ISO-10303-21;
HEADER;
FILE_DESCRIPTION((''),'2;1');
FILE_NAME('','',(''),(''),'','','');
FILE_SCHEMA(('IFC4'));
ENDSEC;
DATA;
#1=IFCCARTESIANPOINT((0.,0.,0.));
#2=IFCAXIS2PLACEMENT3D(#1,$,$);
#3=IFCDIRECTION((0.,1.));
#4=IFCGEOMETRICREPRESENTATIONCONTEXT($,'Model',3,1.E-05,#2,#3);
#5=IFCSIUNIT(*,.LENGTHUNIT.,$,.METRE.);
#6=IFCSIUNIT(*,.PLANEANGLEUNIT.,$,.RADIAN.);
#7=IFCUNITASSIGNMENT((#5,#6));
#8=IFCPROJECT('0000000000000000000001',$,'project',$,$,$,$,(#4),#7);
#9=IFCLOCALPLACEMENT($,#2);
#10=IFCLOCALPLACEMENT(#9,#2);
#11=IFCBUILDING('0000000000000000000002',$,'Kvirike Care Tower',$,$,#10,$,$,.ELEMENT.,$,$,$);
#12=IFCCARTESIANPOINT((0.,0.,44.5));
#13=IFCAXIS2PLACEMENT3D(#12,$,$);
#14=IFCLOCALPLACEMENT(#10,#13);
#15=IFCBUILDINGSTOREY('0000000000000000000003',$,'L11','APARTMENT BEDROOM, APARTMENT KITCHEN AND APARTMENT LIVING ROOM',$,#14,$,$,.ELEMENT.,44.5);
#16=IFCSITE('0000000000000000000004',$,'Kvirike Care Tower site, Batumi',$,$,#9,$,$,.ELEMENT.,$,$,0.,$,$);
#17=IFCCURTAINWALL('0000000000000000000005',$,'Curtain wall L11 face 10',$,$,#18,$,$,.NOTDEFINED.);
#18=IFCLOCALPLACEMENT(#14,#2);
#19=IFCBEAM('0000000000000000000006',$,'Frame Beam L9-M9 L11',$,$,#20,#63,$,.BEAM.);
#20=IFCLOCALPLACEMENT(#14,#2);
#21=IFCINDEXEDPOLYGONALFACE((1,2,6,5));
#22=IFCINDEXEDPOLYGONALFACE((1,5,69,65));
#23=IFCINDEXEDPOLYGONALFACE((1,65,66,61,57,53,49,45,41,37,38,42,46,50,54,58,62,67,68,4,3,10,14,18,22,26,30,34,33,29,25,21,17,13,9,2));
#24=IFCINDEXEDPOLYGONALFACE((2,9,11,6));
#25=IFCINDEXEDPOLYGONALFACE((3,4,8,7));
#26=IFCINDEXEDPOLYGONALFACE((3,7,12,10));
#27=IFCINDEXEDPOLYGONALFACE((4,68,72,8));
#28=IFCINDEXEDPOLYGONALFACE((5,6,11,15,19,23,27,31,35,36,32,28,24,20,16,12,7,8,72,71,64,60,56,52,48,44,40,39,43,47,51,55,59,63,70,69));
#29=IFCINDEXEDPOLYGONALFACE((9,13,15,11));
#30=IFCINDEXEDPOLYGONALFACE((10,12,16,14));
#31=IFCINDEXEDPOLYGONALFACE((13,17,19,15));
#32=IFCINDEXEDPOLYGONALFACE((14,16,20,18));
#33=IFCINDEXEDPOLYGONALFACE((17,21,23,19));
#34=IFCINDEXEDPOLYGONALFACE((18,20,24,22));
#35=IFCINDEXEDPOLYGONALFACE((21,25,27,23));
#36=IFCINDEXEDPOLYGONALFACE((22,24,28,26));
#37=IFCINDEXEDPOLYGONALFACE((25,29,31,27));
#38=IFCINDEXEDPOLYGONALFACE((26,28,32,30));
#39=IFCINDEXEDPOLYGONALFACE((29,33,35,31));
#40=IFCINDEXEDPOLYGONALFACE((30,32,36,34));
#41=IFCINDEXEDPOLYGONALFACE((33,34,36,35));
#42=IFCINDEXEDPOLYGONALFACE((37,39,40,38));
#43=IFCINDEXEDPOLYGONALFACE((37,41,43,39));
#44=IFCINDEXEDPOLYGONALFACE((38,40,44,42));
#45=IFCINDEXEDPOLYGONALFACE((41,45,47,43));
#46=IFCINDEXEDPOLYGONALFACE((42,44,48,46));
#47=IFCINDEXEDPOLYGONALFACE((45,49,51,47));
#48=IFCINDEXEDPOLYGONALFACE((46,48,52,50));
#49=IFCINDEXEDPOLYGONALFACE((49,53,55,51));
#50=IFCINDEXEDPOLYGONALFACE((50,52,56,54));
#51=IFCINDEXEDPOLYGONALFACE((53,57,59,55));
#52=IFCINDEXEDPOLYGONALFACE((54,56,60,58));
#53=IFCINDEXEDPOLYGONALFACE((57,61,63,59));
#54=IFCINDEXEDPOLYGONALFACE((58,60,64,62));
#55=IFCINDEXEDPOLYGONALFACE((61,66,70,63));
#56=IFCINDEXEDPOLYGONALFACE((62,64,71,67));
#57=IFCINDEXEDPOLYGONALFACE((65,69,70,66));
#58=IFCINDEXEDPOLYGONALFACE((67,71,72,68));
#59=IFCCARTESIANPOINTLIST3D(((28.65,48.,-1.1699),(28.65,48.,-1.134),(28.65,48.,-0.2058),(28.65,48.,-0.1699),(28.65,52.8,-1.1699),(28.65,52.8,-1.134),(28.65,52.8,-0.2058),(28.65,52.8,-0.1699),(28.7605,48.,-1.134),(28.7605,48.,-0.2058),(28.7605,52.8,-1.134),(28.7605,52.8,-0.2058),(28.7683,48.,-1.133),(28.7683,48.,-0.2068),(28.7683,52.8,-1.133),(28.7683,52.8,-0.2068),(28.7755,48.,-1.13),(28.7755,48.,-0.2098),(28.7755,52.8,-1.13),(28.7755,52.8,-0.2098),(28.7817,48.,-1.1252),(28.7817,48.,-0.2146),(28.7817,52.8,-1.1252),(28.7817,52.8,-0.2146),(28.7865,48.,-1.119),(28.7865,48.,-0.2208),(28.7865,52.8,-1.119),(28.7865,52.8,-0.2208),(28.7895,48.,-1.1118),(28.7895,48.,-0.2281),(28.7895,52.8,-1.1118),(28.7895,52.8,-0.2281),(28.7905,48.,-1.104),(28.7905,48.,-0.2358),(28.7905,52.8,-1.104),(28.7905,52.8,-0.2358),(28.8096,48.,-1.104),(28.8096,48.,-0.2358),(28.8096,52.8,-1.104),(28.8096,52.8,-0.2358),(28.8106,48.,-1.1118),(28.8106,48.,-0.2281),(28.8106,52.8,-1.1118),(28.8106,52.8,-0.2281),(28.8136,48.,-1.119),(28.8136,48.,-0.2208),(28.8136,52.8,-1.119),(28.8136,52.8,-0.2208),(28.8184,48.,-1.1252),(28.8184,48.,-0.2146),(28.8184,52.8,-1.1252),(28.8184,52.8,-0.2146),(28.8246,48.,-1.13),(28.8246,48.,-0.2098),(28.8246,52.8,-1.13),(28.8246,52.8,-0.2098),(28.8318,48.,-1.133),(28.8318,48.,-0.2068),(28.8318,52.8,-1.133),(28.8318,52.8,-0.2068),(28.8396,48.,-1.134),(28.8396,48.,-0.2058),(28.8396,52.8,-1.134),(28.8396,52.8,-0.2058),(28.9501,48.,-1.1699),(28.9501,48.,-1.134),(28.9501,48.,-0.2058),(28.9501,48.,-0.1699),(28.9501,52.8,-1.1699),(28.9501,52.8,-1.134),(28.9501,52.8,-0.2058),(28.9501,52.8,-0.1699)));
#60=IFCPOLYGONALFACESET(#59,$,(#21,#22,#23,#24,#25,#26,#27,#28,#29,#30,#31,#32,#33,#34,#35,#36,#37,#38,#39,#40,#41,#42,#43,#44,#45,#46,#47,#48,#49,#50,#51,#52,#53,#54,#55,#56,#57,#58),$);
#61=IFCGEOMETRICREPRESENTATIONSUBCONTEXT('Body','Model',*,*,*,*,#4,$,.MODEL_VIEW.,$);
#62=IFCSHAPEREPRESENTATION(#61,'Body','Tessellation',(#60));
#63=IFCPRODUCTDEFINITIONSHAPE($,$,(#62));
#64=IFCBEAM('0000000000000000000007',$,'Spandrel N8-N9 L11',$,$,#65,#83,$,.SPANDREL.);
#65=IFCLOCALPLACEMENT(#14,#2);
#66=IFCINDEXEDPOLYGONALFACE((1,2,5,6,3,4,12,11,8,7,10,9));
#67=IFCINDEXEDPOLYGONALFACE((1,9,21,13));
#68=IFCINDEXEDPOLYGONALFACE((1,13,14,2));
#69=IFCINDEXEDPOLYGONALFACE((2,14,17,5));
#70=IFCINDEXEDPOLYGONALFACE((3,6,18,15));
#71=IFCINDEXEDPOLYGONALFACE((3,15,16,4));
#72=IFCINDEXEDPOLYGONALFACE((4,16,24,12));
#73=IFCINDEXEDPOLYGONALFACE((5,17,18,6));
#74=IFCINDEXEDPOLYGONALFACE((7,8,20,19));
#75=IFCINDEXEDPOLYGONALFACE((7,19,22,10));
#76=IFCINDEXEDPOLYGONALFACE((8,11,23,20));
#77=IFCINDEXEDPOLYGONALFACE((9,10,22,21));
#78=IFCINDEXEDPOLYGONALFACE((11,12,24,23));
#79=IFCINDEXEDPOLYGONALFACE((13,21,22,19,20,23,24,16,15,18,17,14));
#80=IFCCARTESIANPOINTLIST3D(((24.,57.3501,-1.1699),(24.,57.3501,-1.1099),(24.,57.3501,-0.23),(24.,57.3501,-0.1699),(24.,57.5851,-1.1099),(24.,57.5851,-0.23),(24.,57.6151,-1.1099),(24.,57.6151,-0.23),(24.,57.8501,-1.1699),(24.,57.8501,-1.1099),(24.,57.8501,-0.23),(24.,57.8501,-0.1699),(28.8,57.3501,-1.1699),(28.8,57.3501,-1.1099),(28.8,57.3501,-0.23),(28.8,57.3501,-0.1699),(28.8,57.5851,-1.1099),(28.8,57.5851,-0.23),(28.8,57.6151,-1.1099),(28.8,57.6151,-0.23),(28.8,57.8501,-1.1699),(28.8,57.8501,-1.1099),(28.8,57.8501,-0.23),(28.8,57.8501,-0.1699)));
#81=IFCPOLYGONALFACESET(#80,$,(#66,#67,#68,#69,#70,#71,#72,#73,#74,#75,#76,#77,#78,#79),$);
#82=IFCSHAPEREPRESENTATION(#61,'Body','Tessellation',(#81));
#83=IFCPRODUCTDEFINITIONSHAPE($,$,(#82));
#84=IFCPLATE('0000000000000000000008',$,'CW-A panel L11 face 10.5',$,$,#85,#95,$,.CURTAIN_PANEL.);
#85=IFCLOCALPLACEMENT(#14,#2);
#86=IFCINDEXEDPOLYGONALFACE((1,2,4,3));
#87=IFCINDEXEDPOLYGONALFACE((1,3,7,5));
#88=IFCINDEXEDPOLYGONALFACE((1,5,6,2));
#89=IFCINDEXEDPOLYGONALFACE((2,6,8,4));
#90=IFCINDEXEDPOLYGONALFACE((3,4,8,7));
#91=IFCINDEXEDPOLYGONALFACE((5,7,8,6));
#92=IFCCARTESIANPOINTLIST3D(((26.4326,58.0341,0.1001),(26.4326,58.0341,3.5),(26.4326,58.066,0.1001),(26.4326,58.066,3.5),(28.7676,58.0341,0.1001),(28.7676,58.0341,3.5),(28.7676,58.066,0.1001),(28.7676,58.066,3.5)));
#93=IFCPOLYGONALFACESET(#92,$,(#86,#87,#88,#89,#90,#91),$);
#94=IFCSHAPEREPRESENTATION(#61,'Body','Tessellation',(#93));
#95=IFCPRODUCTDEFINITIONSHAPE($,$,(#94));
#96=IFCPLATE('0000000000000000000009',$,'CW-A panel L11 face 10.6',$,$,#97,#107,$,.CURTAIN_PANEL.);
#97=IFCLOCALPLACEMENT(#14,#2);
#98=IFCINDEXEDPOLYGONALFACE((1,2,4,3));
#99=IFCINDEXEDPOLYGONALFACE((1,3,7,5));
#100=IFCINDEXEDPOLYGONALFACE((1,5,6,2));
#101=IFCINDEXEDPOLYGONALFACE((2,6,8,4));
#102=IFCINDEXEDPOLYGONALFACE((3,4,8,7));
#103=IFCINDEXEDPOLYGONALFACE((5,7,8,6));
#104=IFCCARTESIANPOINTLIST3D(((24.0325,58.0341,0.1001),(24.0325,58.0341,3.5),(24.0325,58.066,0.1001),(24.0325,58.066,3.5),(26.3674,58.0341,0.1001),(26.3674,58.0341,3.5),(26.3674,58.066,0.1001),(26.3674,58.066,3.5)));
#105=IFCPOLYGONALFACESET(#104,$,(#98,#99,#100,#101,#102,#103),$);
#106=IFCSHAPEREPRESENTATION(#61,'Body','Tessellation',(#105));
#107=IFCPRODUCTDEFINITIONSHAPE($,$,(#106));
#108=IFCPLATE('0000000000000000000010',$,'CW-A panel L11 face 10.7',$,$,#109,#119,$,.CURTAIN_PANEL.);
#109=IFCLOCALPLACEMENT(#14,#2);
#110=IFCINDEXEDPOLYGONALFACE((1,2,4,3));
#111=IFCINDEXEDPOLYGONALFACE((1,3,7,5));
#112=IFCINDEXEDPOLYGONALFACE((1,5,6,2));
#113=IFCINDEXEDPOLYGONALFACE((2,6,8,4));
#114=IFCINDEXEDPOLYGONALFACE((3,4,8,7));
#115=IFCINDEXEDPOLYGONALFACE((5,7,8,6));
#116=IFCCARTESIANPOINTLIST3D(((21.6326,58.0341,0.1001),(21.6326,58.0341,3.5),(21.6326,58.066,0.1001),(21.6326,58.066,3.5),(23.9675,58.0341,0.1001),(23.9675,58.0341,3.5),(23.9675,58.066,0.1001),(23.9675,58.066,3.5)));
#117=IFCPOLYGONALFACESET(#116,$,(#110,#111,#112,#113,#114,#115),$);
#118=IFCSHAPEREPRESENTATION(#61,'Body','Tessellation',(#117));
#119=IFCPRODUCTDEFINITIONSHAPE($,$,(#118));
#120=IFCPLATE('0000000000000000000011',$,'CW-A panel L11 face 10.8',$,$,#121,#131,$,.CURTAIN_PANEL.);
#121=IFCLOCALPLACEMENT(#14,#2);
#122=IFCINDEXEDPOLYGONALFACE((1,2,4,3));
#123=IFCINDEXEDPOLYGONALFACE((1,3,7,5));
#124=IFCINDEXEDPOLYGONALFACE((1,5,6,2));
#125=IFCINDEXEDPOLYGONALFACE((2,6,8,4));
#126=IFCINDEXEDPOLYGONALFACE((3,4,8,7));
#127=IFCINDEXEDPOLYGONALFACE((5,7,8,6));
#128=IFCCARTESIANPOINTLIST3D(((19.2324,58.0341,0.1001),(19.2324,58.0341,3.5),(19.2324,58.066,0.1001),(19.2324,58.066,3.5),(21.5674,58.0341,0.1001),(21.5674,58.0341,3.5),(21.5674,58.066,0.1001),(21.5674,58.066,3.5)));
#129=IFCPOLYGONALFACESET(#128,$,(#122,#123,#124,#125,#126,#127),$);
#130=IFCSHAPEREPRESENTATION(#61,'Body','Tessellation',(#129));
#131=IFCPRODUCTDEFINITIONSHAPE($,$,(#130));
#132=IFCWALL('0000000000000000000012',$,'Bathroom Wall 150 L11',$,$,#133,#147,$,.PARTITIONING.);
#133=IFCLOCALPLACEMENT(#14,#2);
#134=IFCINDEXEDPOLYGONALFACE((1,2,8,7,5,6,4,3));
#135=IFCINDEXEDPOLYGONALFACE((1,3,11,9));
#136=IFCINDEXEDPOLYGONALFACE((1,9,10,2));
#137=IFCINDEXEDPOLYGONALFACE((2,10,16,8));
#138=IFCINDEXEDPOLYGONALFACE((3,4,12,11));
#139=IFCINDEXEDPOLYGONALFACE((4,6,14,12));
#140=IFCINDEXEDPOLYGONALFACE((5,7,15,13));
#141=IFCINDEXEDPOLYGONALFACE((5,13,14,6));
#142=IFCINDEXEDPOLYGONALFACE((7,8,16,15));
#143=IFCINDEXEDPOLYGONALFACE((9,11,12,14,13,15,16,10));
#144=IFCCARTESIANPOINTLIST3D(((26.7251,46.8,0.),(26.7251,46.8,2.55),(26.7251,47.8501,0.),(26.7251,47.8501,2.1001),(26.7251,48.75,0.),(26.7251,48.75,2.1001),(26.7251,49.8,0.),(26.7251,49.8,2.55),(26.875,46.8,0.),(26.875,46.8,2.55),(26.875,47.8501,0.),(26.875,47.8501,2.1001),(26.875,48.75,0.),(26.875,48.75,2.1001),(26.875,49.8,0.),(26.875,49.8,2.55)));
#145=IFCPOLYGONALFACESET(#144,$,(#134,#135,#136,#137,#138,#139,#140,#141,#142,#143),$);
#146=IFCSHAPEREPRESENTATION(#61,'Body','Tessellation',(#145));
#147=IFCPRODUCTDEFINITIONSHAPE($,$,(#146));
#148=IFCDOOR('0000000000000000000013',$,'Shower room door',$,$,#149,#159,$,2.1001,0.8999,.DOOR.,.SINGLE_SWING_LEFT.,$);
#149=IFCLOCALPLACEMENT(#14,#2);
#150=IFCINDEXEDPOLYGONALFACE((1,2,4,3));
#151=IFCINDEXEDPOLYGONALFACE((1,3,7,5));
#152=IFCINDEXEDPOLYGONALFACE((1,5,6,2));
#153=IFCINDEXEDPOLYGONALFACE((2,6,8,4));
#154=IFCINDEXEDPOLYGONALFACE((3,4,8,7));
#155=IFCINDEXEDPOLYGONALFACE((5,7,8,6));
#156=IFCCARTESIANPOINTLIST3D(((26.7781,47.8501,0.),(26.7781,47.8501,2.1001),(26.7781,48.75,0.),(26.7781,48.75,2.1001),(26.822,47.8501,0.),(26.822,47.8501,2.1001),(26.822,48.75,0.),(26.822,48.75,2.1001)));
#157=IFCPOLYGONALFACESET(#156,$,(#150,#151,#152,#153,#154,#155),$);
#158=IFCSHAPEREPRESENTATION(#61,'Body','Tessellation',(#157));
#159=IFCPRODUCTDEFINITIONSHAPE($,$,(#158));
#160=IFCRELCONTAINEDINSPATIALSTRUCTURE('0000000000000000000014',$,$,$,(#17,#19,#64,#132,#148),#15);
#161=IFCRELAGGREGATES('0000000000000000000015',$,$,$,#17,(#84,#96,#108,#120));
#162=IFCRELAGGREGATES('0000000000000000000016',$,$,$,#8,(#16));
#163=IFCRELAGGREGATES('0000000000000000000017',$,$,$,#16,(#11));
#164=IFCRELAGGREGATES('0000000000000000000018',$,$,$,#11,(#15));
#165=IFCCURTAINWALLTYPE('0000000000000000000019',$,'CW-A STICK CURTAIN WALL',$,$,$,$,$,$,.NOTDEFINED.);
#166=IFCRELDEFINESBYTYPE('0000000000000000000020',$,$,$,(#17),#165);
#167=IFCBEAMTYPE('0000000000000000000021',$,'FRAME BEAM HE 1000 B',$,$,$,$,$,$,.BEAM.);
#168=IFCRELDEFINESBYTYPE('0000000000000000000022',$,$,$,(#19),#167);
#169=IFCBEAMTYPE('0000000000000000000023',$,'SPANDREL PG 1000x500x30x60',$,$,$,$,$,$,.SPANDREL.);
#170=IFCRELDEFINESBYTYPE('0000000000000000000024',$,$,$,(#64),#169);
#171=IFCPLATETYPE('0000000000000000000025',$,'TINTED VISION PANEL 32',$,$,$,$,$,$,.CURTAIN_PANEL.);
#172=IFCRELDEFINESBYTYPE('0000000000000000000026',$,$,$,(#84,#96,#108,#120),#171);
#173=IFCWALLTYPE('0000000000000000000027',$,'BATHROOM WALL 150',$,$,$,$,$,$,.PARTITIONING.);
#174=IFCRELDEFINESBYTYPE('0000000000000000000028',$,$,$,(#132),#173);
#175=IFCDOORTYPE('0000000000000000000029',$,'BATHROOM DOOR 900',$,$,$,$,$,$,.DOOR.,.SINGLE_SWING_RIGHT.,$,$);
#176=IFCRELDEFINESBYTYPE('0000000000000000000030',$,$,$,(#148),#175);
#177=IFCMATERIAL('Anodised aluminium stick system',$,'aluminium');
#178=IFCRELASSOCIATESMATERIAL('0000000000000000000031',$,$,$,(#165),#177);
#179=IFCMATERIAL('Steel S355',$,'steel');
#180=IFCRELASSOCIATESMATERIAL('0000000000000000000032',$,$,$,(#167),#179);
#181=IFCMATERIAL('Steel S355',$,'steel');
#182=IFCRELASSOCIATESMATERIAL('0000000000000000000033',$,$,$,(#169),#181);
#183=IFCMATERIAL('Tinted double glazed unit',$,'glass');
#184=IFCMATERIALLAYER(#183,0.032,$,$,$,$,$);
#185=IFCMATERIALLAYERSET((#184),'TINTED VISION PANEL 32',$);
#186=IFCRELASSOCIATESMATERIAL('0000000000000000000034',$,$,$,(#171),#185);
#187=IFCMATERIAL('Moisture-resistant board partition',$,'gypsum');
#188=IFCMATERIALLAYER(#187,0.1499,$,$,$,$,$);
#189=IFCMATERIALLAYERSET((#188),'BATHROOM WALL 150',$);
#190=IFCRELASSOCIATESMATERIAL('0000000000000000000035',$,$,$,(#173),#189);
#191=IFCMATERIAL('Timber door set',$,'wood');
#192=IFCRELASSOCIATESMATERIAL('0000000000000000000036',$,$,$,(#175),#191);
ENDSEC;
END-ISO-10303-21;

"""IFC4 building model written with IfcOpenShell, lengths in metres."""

from ifc_helpers import new_model, si_unit, direction, frame, frame_2d, origin, origin_2d, place, context, subcontext, project, spatial, rectangle, i_section, extrude, material, layer, layer_set, material_profile, profile_set, type_object, element, fill, aggregate, save


model = new_model("IFC4")

# Units and contexts
model_context = context("Model", 3, precision=1e-05, world=origin(), true_north=direction((0.0, 1.0)))
body_context = subcontext(model_context, "Body", "Model", "MODEL_VIEW")
ifc_project = project(units=[si_unit("LENGTHUNIT", "METRE"), si_unit("PLANEANGLEUNIT", "RADIAN")], contexts=[model_context])

# Site, building, storey
site_placement = place(None, origin())
site = spatial("IfcSite", under=ifc_project, at=site_placement, Name="Kvirike Care Tower site, Batumi", CompositionType="ELEMENT", RefElevation=0.0)
building_placement = place(site_placement, origin())
building = spatial("IfcBuilding", under=site, at=building_placement, Name="Kvirike Care Tower", CompositionType="ELEMENT")
storey_placement = place(building_placement, frame((0.0, 0.0, 44.5)))
storey = spatial("IfcBuildingStorey", under=building, at=storey_placement, Name="L11", Description="APARTMENT BEDROOM, APARTMENT KITCHEN AND APARTMENT LIVING ROOM", CompositionType="ELEMENT", Elevation=44.5)

# Curtain wall
ifc_material_1 = material(Name="Anodised aluminium stick system", Category="aluminium")
curtain_wall_type = type_object("IfcCurtainWallType", Name="CW-A STICK CURTAIN WALL", PredefinedType="NOTDEFINED", material=ifc_material_1)
curtain_wall_placement = place(storey_placement, origin())
curtain_wall = element("IfcCurtainWall", 1, at=curtain_wall_placement, inside=storey, type_object=curtain_wall_type, Name="Curtain wall L11 face 10", PredefinedType="NOTDEFINED")

# Beams
ifc_material_2 = material(Name="Steel S355", Category="steel")
ifc_material_profile_1 = material_profile(ifc_material_2, i_section(OverallWidth=0.3, OverallDepth=1.0, WebThickness=0.019, FlangeThickness=0.0359, FilletRadius=0.03, at=origin_2d()), Name="HE 1000 B")
ifc_profile_set_1 = profile_set([ifc_material_profile_1], Name="Steel S355")
beam_type_1 = type_object("IfcBeamType", Name="FRAME BEAM HE 1000 B", PredefinedType="BEAM", material=ifc_profile_set_1)
beam_1_placement = place(storey_placement, frame((28.8, 48.0, -0.6699), z_axis=(0.0, 1.0, 0.0), x_axis=(-1.0, 0.0, 0.0)))
element("IfcBeam", 2, at=beam_1_placement, inside=storey, type_object=beam_type_1, Name="Frame Beam L9-M9 L11", PredefinedType="BEAM", context=body_context, shape_type="SweptSolid", body=[
    extrude(i_section(OverallWidth=0.3, OverallDepth=1.0, WebThickness=0.019, FlangeThickness=0.0359, FilletRadius=0.03, at=origin_2d()), origin(), (0.0, 0.0, 1.0), 4.8),
])
ifc_material_3 = material(Name="Steel S355", Category="steel")
ifc_material_profile_2 = material_profile(ifc_material_3, i_section(OverallWidth=0.5, OverallDepth=1.0, WebThickness=0.03, FlangeThickness=0.0601, at=origin_2d()), Name="PG 1000x500x30x60")
ifc_profile_set_2 = profile_set([ifc_material_profile_2], Name="Steel S355")
beam_type_2 = type_object("IfcBeamType", Name="SPANDREL PG 1000x500x30x60", PredefinedType="SPANDREL", material=ifc_profile_set_2)
beam_2_placement = place(storey_placement, frame((24.0, 57.6001, -0.6699), z_axis=(1.0, 0.0, 0.0), x_axis=(0.0, 1.0, 0.0)))
element("IfcBeam", 3, at=beam_2_placement, inside=storey, type_object=beam_type_2, Name="Spandrel N8-N9 L11", PredefinedType="SPANDREL", context=body_context, shape_type="SweptSolid", body=[
    extrude(i_section(OverallWidth=0.5, OverallDepth=1.0, WebThickness=0.03, FlangeThickness=0.0601, at=origin_2d()), origin(), (0.0, 0.0, 1.0), 4.8),
])

# Plates
ifc_material_4 = material(Name="Tinted double glazed unit", Category="glass")
ifc_layer_1 = layer(ifc_material_4, 0.032)
ifc_layer_set_1 = layer_set([ifc_layer_1], Name="TINTED VISION PANEL 32")
plate_type = type_object("IfcPlateType", Name="TINTED VISION PANEL 32", PredefinedType="CURTAIN_PANEL", material=ifc_layer_set_1)
plate_1_placement = place(storey_placement, frame((27.6001, 58.05, 0.1001), z_axis=(0.0, 0.0, 1.0), x_axis=(-1.0, 0.0, 0.0)))
plate_1 = element("IfcPlate", 4, at=plate_1_placement, type_object=plate_type, Name="CW-A panel L11 face 10.5", PredefinedType="CURTAIN_PANEL", context=body_context, shape_type="SweptSolid", body=[
    extrude(rectangle(XDim=2.335, YDim=0.032, at=origin_2d()), origin(), (0.0, 0.0, 1.0), 3.3999),
])
plate_2_placement = place(storey_placement, frame((25.2, 58.05, 0.1001), z_axis=(0.0, 0.0, 1.0), x_axis=(-1.0, 0.0, 0.0)))
plate_2 = element("IfcPlate", 5, at=plate_2_placement, type_object=plate_type, Name="CW-A panel L11 face 10.6", PredefinedType="CURTAIN_PANEL", context=body_context, shape_type="SweptSolid", body=[
    extrude(rectangle(XDim=2.335, YDim=0.032, at=origin_2d()), origin(), (0.0, 0.0, 1.0), 3.3999),
])
plate_3_placement = place(storey_placement, frame((22.8, 58.05, 0.1001), z_axis=(0.0, 0.0, 1.0), x_axis=(-1.0, 0.0, 0.0)))
plate_3 = element("IfcPlate", 6, at=plate_3_placement, type_object=plate_type, Name="CW-A panel L11 face 10.7", PredefinedType="CURTAIN_PANEL", context=body_context, shape_type="SweptSolid", body=[
    extrude(rectangle(XDim=2.335, YDim=0.032, at=origin_2d()), origin(), (0.0, 0.0, 1.0), 3.3999),
])
plate_4_placement = place(storey_placement, frame((20.3999, 58.05, 0.1001), z_axis=(0.0, 0.0, 1.0), x_axis=(-1.0, 0.0, 0.0)))
plate_4 = element("IfcPlate", 7, at=plate_4_placement, type_object=plate_type, Name="CW-A panel L11 face 10.8", PredefinedType="CURTAIN_PANEL", context=body_context, shape_type="SweptSolid", body=[
    extrude(rectangle(XDim=2.335, YDim=0.032, at=origin_2d()), origin(), (0.0, 0.0, 1.0), 3.3999),
])
aggregate(curtain_wall, [plate_1, plate_2, plate_3, plate_4])

# Wall, opening, door
ifc_material_5 = material(Name="Moisture-resistant board partition", Category="gypsum")
ifc_layer_2 = layer(ifc_material_5, 0.1499)
ifc_layer_set_2 = layer_set([ifc_layer_2], Name="BATHROOM WALL 150")
wall_type_1 = type_object("IfcWallType", Name="BATHROOM WALL 150", PredefinedType="PARTITIONING", material=ifc_layer_set_2)
wall_1_placement = place(storey_placement, frame((26.8, 49.8, 0.0), z_axis=(0.0, 0.0, 1.0), x_axis=(0.0, -1.0, 0.0)))
wall_1 = element("IfcWall", 8, at=wall_1_placement, inside=storey, type_object=wall_type_1, Name="Bathroom Wall 150 L11", PredefinedType="PARTITIONING", context=body_context, shape_type="SweptSolid", body=[
    extrude(rectangle(XDim=3.0, YDim=0.1499, at=frame_2d((1.5, 0.0))), origin(), (0.0, 0.0, 1.0), 2.55),
])
opening_1_placement = place(wall_1_placement, frame((1.05, 0.0, 0.0)))
opening_1 = element("IfcOpeningElement", 9, at=opening_1_placement, cuts=wall_1, PredefinedType="OPENING", context=body_context, shape_type="SweptSolid", body=[
    extrude(rectangle(XDim=0.8999, YDim=2.1001, at=frame_2d((0.45, 1.05))), frame((0.0, 0.0854, 0.0), z_axis=(0.0, -1.0, 0.0), x_axis=(1.0, 0.0, 0.0)), (0.0, 0.0, 1.0), 0.1709),
])
ifc_material_6 = material(Name="Timber door set", Category="wood")
door_type_1 = type_object("IfcDoorType", Name="BATHROOM DOOR 900", OperationType="SINGLE_SWING_RIGHT", PredefinedType="DOOR", material=ifc_material_6)
door_1_placement = place(opening_1_placement, frame((0.8999, 0.0, 0.0), z_axis=(0.0, 0.0, 1.0), x_axis=(-1.0, 0.0, 0.0)))
door_1 = element("IfcDoor", 10, at=door_1_placement, inside=storey, type_object=door_type_1, Name="Shower room door", OperationType="SINGLE_SWING_LEFT", OverallHeight=2.1001, OverallWidth=0.8999, PredefinedType="DOOR", context=body_context, shape_type="SweptSolid", body=[
    extrude(rectangle(XDim=0.8999, YDim=2.1001, at=frame_2d((0.45, 1.05))), frame((0.0, 0.022, 0.0), z_axis=(0.0, -1.0, 0.0), x_axis=(1.0, 0.0, 0.0)), (0.0, 0.0, 1.0), 0.0439),
])
fill(opening_1, door_1)

save(model, "model.ifc")
